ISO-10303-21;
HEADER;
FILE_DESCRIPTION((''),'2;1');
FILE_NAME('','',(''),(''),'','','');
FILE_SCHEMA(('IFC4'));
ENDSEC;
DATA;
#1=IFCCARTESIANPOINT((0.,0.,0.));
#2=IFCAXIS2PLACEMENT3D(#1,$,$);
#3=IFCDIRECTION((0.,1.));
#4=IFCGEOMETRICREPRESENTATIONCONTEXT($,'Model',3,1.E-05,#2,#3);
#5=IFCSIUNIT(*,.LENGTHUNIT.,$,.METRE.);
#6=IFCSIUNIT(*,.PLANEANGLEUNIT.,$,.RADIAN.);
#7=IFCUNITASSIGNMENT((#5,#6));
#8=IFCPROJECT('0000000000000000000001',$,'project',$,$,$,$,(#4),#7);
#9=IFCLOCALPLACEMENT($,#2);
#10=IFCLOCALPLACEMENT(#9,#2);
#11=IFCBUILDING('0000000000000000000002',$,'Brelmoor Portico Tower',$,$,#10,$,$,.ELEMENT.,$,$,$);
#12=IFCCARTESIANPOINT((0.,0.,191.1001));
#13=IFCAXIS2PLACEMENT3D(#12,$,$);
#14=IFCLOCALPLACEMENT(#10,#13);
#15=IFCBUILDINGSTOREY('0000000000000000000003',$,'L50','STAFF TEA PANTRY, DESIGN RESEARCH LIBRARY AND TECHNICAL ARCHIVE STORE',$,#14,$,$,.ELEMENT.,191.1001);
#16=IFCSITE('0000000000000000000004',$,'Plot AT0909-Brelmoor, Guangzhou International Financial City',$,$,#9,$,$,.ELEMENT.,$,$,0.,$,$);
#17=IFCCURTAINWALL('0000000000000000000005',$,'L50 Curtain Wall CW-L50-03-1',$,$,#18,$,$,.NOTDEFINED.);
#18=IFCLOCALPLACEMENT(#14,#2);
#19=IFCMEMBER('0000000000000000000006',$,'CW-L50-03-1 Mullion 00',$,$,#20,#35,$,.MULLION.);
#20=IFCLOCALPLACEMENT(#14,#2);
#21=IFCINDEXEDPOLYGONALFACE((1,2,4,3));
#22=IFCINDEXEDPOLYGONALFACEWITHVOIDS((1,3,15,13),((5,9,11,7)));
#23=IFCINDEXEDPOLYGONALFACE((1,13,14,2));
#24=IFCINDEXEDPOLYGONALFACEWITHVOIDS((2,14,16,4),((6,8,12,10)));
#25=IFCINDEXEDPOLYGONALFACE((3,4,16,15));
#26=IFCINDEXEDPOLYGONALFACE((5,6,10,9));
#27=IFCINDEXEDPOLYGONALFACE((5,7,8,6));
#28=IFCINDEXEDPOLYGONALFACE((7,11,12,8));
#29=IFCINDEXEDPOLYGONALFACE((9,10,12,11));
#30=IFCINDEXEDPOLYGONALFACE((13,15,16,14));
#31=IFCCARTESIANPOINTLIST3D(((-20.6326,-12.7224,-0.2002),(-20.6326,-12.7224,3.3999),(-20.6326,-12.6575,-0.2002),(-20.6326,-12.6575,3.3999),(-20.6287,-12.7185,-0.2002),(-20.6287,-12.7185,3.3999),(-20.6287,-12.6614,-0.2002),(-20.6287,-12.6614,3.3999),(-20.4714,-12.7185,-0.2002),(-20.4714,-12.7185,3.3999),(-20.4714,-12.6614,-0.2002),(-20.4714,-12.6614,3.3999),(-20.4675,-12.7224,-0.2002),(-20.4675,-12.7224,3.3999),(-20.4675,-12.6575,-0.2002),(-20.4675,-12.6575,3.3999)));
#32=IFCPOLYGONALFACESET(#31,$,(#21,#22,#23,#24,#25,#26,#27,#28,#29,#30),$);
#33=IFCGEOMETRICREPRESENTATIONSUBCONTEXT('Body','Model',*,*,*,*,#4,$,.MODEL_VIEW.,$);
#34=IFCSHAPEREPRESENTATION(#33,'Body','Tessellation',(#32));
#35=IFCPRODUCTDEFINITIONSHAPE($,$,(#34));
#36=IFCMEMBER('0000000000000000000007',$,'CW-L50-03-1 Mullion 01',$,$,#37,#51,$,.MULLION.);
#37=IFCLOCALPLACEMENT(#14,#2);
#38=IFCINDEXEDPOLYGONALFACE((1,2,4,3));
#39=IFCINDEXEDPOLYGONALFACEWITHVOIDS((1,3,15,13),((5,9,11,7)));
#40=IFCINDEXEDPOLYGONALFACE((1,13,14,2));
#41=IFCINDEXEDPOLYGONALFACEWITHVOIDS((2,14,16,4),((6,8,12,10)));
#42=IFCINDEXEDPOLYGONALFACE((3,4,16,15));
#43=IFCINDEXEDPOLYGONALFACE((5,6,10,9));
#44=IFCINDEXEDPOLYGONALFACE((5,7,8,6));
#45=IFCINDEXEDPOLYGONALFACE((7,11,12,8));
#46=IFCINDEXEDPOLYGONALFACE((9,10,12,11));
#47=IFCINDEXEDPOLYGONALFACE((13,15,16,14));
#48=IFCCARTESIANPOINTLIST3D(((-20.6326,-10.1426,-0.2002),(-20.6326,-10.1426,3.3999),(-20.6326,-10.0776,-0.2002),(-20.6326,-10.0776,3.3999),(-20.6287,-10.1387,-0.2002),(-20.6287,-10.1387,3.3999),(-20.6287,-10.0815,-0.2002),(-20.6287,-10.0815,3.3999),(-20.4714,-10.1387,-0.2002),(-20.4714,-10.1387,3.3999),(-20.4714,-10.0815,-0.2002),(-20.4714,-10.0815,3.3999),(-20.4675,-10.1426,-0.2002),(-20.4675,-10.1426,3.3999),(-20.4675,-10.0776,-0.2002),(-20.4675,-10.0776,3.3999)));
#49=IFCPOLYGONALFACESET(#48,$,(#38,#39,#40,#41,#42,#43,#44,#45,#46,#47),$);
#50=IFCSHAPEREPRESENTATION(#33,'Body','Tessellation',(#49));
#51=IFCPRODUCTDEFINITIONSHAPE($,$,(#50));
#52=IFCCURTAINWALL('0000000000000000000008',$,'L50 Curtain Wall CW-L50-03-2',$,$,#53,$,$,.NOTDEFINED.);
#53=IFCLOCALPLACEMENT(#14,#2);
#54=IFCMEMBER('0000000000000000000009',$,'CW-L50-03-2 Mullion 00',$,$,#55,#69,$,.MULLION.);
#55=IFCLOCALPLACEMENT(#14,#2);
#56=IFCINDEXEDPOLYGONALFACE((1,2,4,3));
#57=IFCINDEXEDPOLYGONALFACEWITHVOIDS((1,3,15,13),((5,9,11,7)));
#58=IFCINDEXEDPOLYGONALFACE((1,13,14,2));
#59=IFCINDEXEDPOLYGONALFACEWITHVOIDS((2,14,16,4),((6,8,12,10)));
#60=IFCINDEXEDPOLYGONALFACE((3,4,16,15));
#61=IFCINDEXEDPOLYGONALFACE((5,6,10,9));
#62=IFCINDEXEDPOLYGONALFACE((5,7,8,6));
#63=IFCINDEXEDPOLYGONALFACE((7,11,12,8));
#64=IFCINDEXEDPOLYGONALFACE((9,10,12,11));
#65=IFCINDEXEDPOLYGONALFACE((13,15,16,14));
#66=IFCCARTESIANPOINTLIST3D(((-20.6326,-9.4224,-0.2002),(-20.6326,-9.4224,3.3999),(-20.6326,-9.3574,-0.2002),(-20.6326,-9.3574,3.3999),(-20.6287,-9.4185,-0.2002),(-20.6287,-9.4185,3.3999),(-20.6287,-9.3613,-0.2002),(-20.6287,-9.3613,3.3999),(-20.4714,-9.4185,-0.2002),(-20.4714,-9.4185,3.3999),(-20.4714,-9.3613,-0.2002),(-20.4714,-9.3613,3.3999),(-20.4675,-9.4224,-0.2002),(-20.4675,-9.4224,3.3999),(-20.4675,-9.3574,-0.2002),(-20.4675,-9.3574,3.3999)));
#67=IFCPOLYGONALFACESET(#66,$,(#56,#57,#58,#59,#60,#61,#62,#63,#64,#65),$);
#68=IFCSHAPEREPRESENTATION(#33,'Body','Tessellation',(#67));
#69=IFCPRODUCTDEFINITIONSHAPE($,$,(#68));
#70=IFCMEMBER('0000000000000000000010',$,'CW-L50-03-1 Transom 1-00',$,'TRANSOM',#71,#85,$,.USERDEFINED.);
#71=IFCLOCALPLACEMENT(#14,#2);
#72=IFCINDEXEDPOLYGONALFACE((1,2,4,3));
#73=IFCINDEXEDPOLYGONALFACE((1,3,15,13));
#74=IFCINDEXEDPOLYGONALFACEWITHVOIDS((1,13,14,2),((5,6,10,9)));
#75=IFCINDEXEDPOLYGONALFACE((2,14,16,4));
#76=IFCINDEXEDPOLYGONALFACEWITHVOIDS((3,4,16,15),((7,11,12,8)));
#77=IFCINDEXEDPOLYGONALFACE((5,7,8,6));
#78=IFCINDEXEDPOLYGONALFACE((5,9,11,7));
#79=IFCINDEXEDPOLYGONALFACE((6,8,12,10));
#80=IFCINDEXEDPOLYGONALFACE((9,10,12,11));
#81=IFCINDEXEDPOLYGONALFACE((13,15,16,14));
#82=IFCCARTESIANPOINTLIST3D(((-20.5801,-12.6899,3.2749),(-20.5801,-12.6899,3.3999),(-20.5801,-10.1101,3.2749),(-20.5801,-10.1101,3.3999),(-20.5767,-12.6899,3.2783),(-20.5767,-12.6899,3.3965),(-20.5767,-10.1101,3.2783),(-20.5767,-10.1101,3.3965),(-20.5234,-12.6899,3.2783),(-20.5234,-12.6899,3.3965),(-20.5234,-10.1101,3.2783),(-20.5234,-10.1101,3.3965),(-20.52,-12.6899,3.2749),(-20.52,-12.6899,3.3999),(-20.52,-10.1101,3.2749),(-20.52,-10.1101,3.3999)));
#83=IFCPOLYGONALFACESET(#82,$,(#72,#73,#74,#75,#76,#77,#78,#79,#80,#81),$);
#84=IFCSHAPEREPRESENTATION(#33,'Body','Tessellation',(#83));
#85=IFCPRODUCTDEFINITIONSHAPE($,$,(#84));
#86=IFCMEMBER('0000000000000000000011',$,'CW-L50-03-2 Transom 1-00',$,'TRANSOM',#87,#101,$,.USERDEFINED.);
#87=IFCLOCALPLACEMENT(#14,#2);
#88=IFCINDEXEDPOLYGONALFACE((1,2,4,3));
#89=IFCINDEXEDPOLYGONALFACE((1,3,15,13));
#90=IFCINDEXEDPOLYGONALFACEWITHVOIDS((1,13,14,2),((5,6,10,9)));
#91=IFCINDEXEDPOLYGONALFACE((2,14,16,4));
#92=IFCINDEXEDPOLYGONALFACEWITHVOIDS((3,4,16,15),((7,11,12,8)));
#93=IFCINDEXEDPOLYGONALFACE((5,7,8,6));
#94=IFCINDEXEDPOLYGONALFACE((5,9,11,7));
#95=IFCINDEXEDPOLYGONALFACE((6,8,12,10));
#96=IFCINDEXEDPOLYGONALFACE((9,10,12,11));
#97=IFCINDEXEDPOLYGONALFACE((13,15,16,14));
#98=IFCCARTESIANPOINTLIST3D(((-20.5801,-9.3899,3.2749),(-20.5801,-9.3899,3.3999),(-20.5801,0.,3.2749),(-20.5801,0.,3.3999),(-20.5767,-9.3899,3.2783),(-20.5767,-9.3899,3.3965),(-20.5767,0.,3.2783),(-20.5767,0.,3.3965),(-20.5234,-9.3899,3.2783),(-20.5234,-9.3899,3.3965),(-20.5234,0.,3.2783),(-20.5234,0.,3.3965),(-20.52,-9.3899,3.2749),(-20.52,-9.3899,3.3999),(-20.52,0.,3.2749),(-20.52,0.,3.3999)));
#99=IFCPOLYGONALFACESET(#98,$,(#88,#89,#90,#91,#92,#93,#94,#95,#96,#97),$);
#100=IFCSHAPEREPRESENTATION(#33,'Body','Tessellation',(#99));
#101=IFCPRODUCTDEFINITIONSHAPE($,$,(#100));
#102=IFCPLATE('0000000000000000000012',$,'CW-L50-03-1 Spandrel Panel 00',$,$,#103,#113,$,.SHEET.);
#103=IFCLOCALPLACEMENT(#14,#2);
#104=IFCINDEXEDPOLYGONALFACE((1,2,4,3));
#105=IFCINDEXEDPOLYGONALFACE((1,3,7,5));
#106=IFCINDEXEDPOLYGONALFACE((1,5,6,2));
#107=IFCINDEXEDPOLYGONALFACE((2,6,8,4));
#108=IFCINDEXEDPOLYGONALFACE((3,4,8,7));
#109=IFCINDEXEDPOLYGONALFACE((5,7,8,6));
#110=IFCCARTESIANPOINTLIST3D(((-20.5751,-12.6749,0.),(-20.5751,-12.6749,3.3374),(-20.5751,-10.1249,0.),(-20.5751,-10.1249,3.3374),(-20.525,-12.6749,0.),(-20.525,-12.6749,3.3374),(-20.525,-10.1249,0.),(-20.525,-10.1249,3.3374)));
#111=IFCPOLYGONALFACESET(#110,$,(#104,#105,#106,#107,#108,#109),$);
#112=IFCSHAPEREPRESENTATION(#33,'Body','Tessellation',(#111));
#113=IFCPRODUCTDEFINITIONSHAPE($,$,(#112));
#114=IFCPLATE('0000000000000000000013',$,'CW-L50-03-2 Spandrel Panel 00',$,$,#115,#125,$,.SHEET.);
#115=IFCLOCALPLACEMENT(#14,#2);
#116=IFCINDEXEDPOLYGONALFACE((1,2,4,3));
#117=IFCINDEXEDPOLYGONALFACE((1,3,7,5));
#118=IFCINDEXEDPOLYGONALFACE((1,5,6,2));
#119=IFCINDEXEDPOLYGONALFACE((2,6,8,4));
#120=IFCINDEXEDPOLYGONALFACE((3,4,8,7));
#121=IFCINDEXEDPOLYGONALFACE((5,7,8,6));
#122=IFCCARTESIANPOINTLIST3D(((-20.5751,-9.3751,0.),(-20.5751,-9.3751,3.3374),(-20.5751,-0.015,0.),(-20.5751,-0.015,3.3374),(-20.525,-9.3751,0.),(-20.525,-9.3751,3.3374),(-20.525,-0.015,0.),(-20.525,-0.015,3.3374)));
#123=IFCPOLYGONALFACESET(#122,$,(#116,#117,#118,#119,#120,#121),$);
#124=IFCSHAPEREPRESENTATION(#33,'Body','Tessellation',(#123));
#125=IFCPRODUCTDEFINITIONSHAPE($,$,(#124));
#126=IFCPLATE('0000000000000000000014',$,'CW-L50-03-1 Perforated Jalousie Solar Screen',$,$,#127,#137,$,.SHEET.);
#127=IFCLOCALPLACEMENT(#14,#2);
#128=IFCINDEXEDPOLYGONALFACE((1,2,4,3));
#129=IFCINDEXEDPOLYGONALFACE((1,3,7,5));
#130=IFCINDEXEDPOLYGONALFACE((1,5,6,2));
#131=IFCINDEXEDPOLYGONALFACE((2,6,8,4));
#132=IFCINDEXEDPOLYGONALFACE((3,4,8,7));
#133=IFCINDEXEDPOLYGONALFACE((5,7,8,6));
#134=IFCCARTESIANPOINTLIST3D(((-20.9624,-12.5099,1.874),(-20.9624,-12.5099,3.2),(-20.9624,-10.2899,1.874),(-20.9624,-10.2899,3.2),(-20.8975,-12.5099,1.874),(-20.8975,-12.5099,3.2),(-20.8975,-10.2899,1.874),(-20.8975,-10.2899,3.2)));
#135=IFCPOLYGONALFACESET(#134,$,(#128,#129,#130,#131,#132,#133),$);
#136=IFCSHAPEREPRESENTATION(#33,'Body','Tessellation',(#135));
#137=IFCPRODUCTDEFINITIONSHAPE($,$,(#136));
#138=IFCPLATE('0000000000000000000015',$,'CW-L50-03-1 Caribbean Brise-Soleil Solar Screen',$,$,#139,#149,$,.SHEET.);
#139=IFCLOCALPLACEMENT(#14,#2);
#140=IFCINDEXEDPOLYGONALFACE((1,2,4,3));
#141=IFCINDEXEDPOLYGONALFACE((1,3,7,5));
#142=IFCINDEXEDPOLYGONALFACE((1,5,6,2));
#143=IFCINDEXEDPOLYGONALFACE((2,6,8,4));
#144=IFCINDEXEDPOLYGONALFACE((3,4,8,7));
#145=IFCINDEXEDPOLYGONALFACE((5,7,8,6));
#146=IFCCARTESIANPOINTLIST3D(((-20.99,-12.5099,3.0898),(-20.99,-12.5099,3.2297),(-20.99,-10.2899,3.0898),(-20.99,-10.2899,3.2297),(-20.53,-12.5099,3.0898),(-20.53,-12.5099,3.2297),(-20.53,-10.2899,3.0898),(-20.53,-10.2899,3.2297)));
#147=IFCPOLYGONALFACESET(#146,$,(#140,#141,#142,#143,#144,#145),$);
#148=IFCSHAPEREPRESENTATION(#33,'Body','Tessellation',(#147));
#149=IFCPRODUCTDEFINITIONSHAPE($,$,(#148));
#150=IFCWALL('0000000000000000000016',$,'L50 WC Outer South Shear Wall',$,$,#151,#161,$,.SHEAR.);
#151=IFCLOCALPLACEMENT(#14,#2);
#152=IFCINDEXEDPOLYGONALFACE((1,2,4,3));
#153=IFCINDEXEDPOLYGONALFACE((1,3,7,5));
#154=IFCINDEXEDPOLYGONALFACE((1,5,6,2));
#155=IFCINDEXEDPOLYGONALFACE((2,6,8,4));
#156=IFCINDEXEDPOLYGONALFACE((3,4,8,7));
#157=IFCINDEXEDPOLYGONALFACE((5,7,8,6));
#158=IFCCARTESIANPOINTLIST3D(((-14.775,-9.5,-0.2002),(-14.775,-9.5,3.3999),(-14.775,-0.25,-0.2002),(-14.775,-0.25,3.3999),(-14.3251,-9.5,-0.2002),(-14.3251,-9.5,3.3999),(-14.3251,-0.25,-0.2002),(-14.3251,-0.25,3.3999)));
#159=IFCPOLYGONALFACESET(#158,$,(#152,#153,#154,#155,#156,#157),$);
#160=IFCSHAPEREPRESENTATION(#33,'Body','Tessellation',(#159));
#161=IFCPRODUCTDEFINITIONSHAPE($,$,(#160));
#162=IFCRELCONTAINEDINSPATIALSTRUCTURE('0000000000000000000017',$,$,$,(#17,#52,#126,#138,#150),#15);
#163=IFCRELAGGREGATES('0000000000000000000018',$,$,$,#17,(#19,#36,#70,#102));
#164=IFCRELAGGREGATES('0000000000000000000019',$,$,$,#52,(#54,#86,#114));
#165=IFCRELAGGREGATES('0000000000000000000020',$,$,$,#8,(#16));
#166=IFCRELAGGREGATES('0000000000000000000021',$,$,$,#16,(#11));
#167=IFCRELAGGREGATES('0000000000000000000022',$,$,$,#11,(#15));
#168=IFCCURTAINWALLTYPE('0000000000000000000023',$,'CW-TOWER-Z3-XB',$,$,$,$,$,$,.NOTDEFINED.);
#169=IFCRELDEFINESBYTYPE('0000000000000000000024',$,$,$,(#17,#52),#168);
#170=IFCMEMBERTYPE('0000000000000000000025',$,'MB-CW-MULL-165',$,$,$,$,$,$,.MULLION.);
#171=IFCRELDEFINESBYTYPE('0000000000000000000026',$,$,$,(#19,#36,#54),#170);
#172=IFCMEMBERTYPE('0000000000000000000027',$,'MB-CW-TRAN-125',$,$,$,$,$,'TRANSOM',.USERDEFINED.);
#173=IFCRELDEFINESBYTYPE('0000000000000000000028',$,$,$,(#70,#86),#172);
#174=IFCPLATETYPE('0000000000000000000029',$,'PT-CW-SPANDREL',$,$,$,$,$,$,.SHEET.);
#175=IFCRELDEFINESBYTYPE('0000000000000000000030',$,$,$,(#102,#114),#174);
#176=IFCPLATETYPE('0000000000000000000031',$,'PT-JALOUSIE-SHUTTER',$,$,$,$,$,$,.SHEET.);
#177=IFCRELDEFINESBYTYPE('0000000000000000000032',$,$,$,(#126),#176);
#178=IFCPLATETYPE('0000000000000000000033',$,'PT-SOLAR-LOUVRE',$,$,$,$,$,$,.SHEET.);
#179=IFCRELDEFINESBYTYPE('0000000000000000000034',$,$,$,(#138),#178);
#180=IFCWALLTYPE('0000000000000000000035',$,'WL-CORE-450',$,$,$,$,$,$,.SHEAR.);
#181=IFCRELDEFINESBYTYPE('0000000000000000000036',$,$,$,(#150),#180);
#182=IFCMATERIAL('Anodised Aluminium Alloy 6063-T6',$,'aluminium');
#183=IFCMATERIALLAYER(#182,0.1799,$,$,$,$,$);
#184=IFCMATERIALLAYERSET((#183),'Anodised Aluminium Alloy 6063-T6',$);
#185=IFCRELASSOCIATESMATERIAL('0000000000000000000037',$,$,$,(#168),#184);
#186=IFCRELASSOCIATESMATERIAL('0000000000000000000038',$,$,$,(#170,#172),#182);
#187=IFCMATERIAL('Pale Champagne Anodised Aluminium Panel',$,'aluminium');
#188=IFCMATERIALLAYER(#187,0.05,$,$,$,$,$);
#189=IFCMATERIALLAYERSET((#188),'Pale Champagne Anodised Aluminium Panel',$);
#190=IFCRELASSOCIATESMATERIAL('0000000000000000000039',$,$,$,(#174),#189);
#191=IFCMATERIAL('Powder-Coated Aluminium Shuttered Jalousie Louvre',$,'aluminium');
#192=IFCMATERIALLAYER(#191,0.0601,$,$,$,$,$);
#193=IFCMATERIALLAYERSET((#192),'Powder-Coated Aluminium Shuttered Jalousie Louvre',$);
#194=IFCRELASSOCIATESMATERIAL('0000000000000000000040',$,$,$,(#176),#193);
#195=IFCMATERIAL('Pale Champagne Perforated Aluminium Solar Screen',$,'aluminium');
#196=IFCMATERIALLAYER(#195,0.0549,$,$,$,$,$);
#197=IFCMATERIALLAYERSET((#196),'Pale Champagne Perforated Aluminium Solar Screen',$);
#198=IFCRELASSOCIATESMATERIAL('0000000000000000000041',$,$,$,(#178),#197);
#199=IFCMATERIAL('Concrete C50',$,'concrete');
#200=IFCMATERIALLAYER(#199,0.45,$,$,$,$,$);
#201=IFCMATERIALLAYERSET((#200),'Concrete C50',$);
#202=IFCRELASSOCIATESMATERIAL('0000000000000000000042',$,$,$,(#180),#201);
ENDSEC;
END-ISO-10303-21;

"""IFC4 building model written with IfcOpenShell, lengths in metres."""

from ifc_helpers import new_model, si_unit, direction, frame, frame_2d, origin, origin_2d, place, context, subcontext, project, spatial, rectangle, hollow_rectangle, extrude, material, layer, layer_set, material_profile, profile_set, type_object, element, aggregate, save


model = new_model("IFC4")

# Units and contexts
model_context = context("Model", 3, precision=1e-05, world=origin(), true_north=direction((0.0, 1.0)))
body_context = subcontext(model_context, "Body", "Model", "MODEL_VIEW")
ifc_project = project(units=[si_unit("LENGTHUNIT", "METRE"), si_unit("PLANEANGLEUNIT", "RADIAN")], contexts=[model_context])

# Site, building, storey
site_placement = place(None, origin())
site = spatial("IfcSite", under=ifc_project, at=site_placement, Name="Plot AT0909-Brelmoor, Guangzhou International Financial City", CompositionType="ELEMENT", RefElevation=0.0)
building_placement = place(site_placement, origin())
building = spatial("IfcBuilding", under=site, at=building_placement, Name="Brelmoor Portico Tower", CompositionType="ELEMENT")
storey_placement = place(building_placement, frame((0.0, 0.0, 191.1001)))
storey = spatial("IfcBuildingStorey", under=building, at=storey_placement, Name="L50", Description="STAFF TEA PANTRY, DESIGN RESEARCH LIBRARY AND TECHNICAL ARCHIVE STORE", CompositionType="ELEMENT", Elevation=191.1001)

# Curtain wall, members
ifc_material_1 = material(Name="Anodised Aluminium Alloy 6063-T6", Category="aluminium")
ifc_layer_1 = layer(ifc_material_1, 0.1799)
ifc_layer_set_1 = layer_set([ifc_layer_1], Name="Anodised Aluminium Alloy 6063-T6")
curtain_wall_type = type_object("IfcCurtainWallType", Name="CW-TOWER-Z3-XB", PredefinedType="NOTDEFINED", material=ifc_layer_set_1)
curtain_wall_1_placement = place(storey_placement, origin())
curtain_wall_1 = element("IfcCurtainWall", 1, at=curtain_wall_1_placement, inside=storey, type_object=curtain_wall_type, Name="L50 Curtain Wall CW-L50-03-1", PredefinedType="NOTDEFINED")
ifc_material_profile_1 = material_profile(ifc_material_1, hollow_rectangle(XDim=0.0649, YDim=0.165, WallThickness=0.0039, at=origin_2d()), Name="ALU MULLION 65x165")
ifc_profile_set_1 = profile_set([ifc_material_profile_1], Name="Anodised Aluminium Alloy 6063-T6")
member_type_1 = type_object("IfcMemberType", Name="MB-CW-MULL-165", PredefinedType="MULLION", material=ifc_profile_set_1)
member_1_placement = place(storey_placement, frame((-20.55, -12.6899, -0.2002), z_axis=(0.0, 0.0, 1.0), x_axis=(0.0, 1.0, 0.0)))
member_1 = element("IfcMember", 2, at=member_1_placement, type_object=member_type_1, Name="CW-L50-03-1 Mullion 00", PredefinedType="MULLION", context=body_context, shape_type="SweptSolid", body=[
    extrude(hollow_rectangle(XDim=0.0649, YDim=0.165, WallThickness=0.0039, at=origin_2d()), origin(), (0.0, 0.0, 1.0), 3.6001),
])
member_2_placement = place(storey_placement, frame((-20.55, -10.1101, -0.2002), z_axis=(0.0, 0.0, 1.0), x_axis=(0.0, 1.0, 0.0)))
member_2 = element("IfcMember", 3, at=member_2_placement, type_object=member_type_1, Name="CW-L50-03-1 Mullion 01", PredefinedType="MULLION", context=body_context, shape_type="SweptSolid", body=[
    extrude(hollow_rectangle(XDim=0.0649, YDim=0.165, WallThickness=0.0039, at=origin_2d()), origin(), (0.0, 0.0, 1.0), 3.6001),
])

# Curtain wall, member
curtain_wall_2_placement = place(storey_placement, origin())
curtain_wall_2 = element("IfcCurtainWall", 4, at=curtain_wall_2_placement, inside=storey, type_object=curtain_wall_type, Name="L50 Curtain Wall CW-L50-03-2", PredefinedType="NOTDEFINED")
member_3_placement = place(storey_placement, frame((-20.55, -9.3899, -0.2002), z_axis=(0.0, 0.0, 1.0), x_axis=(0.0, 1.0, 0.0)))
member_3 = element("IfcMember", 5, at=member_3_placement, type_object=member_type_1, Name="CW-L50-03-2 Mullion 00", PredefinedType="MULLION", context=body_context, shape_type="SweptSolid", body=[
    extrude(hollow_rectangle(XDim=0.0649, YDim=0.165, WallThickness=0.0039, at=origin_2d()), origin(), (0.0, 0.0, 1.0), 3.6001),
])

# Members
ifc_material_profile_2 = material_profile(ifc_material_1, hollow_rectangle(XDim=0.0601, YDim=0.125, WallThickness=0.0034, at=origin_2d()), Name="ALU TRANSOM 60x125")
ifc_profile_set_2 = profile_set([ifc_material_profile_2], Name="Anodised Aluminium Alloy 6063-T6")
member_type_2 = type_object("IfcMemberType", Name="MB-CW-TRAN-125", ElementType="TRANSOM", PredefinedType="USERDEFINED", material=ifc_profile_set_2)
member_4_placement = place(storey_placement, frame((-20.55, -12.6899, 3.3374), z_axis=(0.0, 1.0, 0.0), x_axis=(-1.0, 0.0, 0.0)))
member_4 = element("IfcMember", 6, at=member_4_placement, type_object=member_type_2, Name="CW-L50-03-1 Transom 1-00", ObjectType="TRANSOM", PredefinedType="USERDEFINED", context=body_context, shape_type="SweptSolid", body=[
    extrude(hollow_rectangle(XDim=0.0601, YDim=0.125, WallThickness=0.0034, at=origin_2d()), origin(), (0.0, 0.0, 1.0), 2.5798),
])
member_5_placement = place(storey_placement, frame((-20.55, -9.3899, 3.3374), z_axis=(0.0, 1.0, 0.0), x_axis=(-1.0, 0.0, 0.0)))
member_5 = element("IfcMember", 7, at=member_5_placement, type_object=member_type_2, Name="CW-L50-03-2 Transom 1-00", ObjectType="TRANSOM", PredefinedType="USERDEFINED", context=body_context, shape_type="SweptSolid", body=[
    extrude(hollow_rectangle(XDim=0.0601, YDim=0.125, WallThickness=0.0034, at=origin_2d()), origin(), (0.0, 0.0, 1.0), 9.3899),
])

# Plates
ifc_material_2 = material(Name="Pale Champagne Anodised Aluminium Panel", Category="aluminium")
ifc_layer_2 = layer(ifc_material_2, 0.05)
ifc_layer_set_2 = layer_set([ifc_layer_2], Name="Pale Champagne Anodised Aluminium Panel")
plate_type_1 = type_object("IfcPlateType", Name="PT-CW-SPANDREL", PredefinedType="SHEET", material=ifc_layer_set_2)
plate_1_placement = place(storey_placement, frame((-20.55, -11.3999, 0.0), z_axis=(0.0, 0.0, 1.0), x_axis=(0.0, 1.0, 0.0)))
plate_1 = element("IfcPlate", 8, at=plate_1_placement, type_object=plate_type_1, Name="CW-L50-03-1 Spandrel Panel 00", PredefinedType="SHEET", context=body_context, shape_type="SweptSolid", body=[
    extrude(rectangle(XDim=2.55, YDim=0.05, at=origin_2d()), origin(), (0.0, 0.0, 1.0), 3.3374),
])
aggregate(curtain_wall_1, [member_1, member_2, member_4, plate_1])
plate_2_placement = place(storey_placement, frame((-20.55, -4.6951, 0.0), z_axis=(0.0, 0.0, 1.0), x_axis=(0.0, 1.0, 0.0)))
plate_2 = element("IfcPlate", 9, at=plate_2_placement, type_object=plate_type_1, Name="CW-L50-03-2 Spandrel Panel 00", PredefinedType="SHEET", context=body_context, shape_type="SweptSolid", body=[
    extrude(rectangle(XDim=9.3601, YDim=0.05, at=origin_2d()), origin(), (0.0, 0.0, 1.0), 3.3374),
])
aggregate(curtain_wall_2, [member_3, member_5, plate_2])

# Plates
ifc_material_3 = material(Name="Powder-Coated Aluminium Shuttered Jalousie Louvre", Category="aluminium")
ifc_layer_3 = layer(ifc_material_3, 0.0601)
ifc_layer_set_3 = layer_set([ifc_layer_3], Name="Powder-Coated Aluminium Shuttered Jalousie Louvre")
plate_type_2 = type_object("IfcPlateType", Name="PT-JALOUSIE-SHUTTER", PredefinedType="SHEET", material=ifc_layer_set_3)
plate_3_placement = place(storey_placement, frame((-20.9299, -11.3999, 1.874), z_axis=(0.0, 0.0, 1.0), x_axis=(0.0, 1.0, 0.0)))
element("IfcPlate", 10, at=plate_3_placement, inside=storey, type_object=plate_type_2, Name="CW-L50-03-1 Perforated Jalousie Solar Screen", PredefinedType="SHEET", context=body_context, shape_type="SweptSolid", body=[
    extrude(rectangle(XDim=2.22, YDim=0.0649, at=origin_2d()), origin(), (0.0, 0.0, 1.0), 1.3259),
])
ifc_material_4 = material(Name="Pale Champagne Perforated Aluminium Solar Screen", Category="aluminium")
ifc_layer_4 = layer(ifc_material_4, 0.0549)
ifc_layer_set_4 = layer_set([ifc_layer_4], Name="Pale Champagne Perforated Aluminium Solar Screen")
plate_type_3 = type_object("IfcPlateType", Name="PT-SOLAR-LOUVRE", PredefinedType="SHEET", material=ifc_layer_set_4)
plate_4_placement = place(storey_placement, frame((-20.76, -11.3999, 3.0898), z_axis=(0.0, 0.0, 1.0), x_axis=(0.0, 1.0, 0.0)))
element("IfcPlate", 11, at=plate_4_placement, inside=storey, type_object=plate_type_3, Name="CW-L50-03-1 Caribbean Brise-Soleil Solar Screen", PredefinedType="SHEET", context=body_context, shape_type="SweptSolid", body=[
    extrude(rectangle(XDim=2.22, YDim=0.46, at=origin_2d()), origin(), (0.0, 0.0, 1.0), 0.1399),
])

# Wall
ifc_material_5 = material(Name="Concrete C50", Category="concrete")
ifc_layer_5 = layer(ifc_material_5, 0.45)
ifc_layer_set_5 = layer_set([ifc_layer_5], Name="Concrete C50")
wall_type_1 = type_object("IfcWallType", Name="WL-CORE-450", PredefinedType="SHEAR", material=ifc_layer_set_5)
wall_1_placement = place(storey_placement, frame((-14.55, -9.5, -0.2002), z_axis=(0.0, 0.0, 1.0), x_axis=(0.0, 1.0, 0.0)))
element("IfcWall", 12, at=wall_1_placement, inside=storey, type_object=wall_type_1, Name="L50 WC Outer South Shear Wall", PredefinedType="SHEAR", context=body_context, shape_type="SweptSolid", body=[
    extrude(rectangle(XDim=9.25, YDim=0.45, at=frame_2d((4.625, 0.0))), origin(), (0.0, 0.0, 1.0), 3.6001),
])

save(model, "model.ifc")
